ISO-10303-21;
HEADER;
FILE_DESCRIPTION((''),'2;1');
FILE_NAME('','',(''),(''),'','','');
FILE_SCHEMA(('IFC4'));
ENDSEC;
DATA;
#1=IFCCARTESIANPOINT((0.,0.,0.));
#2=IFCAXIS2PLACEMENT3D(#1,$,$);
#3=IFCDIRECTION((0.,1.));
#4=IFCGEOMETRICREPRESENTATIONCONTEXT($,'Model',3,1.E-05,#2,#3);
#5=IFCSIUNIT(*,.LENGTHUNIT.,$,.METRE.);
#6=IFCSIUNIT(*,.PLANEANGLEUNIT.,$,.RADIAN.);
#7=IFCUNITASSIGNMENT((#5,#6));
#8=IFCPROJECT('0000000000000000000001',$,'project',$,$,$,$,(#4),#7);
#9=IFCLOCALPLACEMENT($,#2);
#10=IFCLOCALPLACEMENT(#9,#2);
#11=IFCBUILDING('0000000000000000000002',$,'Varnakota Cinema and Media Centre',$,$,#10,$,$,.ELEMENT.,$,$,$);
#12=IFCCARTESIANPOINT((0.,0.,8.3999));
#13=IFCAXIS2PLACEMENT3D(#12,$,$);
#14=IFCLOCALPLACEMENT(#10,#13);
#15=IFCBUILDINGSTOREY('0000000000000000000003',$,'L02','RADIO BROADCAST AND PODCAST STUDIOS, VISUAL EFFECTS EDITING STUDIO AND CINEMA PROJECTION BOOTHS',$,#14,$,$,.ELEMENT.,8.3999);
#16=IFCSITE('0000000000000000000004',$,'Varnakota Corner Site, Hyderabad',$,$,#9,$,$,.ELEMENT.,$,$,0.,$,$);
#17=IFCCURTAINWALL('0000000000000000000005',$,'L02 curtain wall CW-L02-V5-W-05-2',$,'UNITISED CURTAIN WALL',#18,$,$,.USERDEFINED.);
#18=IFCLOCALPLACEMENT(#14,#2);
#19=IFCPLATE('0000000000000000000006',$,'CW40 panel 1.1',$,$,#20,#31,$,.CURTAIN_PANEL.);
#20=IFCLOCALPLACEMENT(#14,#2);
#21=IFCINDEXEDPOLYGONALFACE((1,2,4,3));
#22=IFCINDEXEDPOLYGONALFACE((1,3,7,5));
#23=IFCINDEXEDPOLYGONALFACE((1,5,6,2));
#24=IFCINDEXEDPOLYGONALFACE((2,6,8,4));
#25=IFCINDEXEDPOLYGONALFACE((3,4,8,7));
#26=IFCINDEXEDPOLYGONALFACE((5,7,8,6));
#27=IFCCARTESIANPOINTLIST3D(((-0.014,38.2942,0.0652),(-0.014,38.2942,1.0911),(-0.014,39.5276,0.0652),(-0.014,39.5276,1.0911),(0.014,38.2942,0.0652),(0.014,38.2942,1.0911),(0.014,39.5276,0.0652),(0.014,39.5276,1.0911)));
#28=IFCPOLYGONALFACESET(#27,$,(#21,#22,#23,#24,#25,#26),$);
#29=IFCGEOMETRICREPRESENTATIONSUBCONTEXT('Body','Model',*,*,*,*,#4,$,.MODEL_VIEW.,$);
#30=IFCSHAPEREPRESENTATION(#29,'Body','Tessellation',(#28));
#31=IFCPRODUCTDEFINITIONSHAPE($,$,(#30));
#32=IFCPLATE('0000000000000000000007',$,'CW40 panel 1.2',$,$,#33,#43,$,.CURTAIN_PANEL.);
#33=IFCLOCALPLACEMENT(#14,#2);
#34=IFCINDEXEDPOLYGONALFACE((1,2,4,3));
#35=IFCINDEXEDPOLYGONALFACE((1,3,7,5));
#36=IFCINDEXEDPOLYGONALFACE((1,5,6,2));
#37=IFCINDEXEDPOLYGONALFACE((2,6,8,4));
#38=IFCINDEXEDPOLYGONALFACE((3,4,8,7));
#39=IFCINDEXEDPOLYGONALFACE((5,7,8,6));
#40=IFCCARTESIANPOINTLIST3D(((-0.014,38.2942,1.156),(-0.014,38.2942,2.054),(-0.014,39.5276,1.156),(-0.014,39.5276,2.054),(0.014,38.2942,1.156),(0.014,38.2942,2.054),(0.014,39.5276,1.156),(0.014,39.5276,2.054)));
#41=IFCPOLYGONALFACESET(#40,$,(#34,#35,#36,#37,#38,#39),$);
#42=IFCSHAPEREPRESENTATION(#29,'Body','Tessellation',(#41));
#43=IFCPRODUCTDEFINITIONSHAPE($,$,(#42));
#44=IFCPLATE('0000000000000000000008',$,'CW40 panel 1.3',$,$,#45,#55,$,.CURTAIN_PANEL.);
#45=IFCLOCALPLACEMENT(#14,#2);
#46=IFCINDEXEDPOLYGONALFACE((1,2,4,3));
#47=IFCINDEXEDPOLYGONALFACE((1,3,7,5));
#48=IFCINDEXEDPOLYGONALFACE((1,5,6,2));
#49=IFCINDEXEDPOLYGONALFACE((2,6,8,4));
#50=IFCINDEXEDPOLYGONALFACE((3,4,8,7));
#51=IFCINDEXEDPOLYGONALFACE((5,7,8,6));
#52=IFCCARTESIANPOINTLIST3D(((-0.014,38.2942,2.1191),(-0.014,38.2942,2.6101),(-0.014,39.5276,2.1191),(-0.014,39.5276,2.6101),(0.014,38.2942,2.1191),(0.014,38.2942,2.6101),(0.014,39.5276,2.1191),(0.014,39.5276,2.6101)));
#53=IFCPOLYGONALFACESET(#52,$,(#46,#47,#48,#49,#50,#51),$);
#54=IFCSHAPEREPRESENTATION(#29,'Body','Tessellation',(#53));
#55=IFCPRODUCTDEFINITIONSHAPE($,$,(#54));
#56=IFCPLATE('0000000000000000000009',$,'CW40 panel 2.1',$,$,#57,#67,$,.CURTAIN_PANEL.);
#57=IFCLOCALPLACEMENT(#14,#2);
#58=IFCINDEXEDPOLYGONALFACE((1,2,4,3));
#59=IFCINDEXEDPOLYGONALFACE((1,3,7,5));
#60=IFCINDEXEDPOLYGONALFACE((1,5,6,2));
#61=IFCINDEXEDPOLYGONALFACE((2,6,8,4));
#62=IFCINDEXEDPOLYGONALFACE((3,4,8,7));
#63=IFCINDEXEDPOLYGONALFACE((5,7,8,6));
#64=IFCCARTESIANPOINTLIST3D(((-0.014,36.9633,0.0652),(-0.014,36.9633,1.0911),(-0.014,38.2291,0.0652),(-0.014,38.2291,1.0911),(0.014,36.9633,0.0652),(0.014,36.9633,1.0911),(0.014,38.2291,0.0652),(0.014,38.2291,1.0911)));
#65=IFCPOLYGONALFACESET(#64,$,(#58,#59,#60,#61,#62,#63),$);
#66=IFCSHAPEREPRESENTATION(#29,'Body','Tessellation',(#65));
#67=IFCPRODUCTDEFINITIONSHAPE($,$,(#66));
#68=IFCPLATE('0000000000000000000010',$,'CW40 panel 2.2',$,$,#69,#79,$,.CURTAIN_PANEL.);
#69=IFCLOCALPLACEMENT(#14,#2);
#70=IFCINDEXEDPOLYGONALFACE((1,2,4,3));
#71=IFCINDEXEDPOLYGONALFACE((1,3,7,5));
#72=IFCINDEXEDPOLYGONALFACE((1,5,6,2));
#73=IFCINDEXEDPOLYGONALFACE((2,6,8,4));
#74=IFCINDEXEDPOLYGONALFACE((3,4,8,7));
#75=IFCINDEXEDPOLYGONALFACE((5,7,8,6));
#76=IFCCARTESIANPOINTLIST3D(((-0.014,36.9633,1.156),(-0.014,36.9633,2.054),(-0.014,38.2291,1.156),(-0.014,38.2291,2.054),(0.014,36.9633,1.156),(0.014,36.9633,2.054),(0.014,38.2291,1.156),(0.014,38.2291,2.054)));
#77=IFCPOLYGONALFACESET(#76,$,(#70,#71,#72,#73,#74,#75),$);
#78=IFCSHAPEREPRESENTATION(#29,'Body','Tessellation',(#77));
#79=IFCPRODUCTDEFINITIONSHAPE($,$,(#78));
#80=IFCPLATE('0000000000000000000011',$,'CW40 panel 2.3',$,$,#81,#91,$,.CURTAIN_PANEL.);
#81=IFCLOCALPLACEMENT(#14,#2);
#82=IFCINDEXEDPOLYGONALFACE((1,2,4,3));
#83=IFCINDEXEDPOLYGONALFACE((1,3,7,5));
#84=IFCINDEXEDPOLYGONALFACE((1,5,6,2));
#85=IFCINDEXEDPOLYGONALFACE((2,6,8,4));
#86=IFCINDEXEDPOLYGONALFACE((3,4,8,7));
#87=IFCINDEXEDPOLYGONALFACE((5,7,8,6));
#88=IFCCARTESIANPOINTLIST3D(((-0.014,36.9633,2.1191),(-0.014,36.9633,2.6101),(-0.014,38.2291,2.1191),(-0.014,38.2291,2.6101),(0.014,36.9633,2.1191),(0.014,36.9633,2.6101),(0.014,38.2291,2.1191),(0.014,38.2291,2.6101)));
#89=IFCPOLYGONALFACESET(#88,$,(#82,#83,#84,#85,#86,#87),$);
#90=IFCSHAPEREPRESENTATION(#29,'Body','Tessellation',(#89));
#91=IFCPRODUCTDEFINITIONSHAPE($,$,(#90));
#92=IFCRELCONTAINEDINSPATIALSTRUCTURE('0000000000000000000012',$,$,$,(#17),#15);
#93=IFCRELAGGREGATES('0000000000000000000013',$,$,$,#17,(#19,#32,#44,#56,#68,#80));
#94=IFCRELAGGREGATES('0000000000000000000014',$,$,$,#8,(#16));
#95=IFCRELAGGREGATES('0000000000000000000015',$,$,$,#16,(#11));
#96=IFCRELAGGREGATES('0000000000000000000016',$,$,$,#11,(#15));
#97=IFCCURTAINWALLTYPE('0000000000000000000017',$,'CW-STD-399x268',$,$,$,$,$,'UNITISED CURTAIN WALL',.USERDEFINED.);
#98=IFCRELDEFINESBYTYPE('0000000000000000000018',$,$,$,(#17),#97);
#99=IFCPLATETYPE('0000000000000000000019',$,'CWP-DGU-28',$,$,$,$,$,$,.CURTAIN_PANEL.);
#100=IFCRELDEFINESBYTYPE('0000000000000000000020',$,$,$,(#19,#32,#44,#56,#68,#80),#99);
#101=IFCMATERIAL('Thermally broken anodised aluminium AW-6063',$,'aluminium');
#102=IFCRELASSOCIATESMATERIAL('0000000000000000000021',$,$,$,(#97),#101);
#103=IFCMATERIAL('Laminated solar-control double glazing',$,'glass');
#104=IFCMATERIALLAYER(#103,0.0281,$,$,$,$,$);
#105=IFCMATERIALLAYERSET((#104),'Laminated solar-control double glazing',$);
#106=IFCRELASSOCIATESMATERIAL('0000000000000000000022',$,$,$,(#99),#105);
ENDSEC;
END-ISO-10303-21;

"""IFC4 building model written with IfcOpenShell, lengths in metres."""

from ifc_helpers import new_model, si_unit, direction, frame, origin, origin_2d, place, context, subcontext, project, spatial, rectangle, extrude, material, layer, layer_set, type_object, element, aggregate, save


model = new_model("IFC4")

# Units and contexts
model_context = context("Model", 3, precision=1e-05, world=origin(), true_north=direction((0.0, 1.0)))
body_context = subcontext(model_context, "Body", "Model", "MODEL_VIEW")
ifc_project = project(units=[si_unit("LENGTHUNIT", "METRE"), si_unit("PLANEANGLEUNIT", "RADIAN")], contexts=[model_context])

# Site, building, storey
site_placement = place(None, origin())
site = spatial("IfcSite", under=ifc_project, at=site_placement, Name="Varnakota Corner Site, Hyderabad", CompositionType="ELEMENT", RefElevation=0.0)
building_placement = place(site_placement, origin())
building = spatial("IfcBuilding", under=site, at=building_placement, Name="Varnakota Cinema and Media Centre", CompositionType="ELEMENT")
storey_placement = place(building_placement, frame((0.0, 0.0, 8.3999)))
storey = spatial("IfcBuildingStorey", under=building, at=storey_placement, Name="L02", Description="RADIO BROADCAST AND PODCAST STUDIOS, VISUAL EFFECTS EDITING STUDIO AND CINEMA PROJECTION BOOTHS", CompositionType="ELEMENT", Elevation=8.3999)

# Curtain wall
ifc_material_1 = material(Name="Thermally broken anodised aluminium AW-6063", Category="aluminium")
curtain_wall_type = type_object("IfcCurtainWallType", Name="CW-STD-399x268", ElementType="UNITISED CURTAIN WALL", PredefinedType="USERDEFINED", material=ifc_material_1)
curtain_wall_1_placement = place(storey_placement, origin())
curtain_wall_1 = element("IfcCurtainWall", 1, at=curtain_wall_1_placement, inside=storey, type_object=curtain_wall_type, Name="L02 curtain wall CW-L02-V5-W-05-2", ObjectType="UNITISED CURTAIN WALL", PredefinedType="USERDEFINED")

# Plates
ifc_material_2 = material(Name="Laminated solar-control double glazing", Category="glass")
ifc_layer = layer(ifc_material_2, 0.0281)
ifc_layer_set = layer_set([ifc_layer], Name="Laminated solar-control double glazing")
plate_type = type_object("IfcPlateType", Name="CWP-DGU-28", PredefinedType="CURTAIN_PANEL", material=ifc_layer_set)
plate_1_placement = place(storey_placement, frame((0.0, 38.9109, 0.0652), z_axis=(0.0, 0.0, 1.0), x_axis=(0.0, -1.0, 0.0)))
plate_1 = element("IfcPlate", 2, at=plate_1_placement, type_object=plate_type, Name="CW40 panel 1.1", PredefinedType="CURTAIN_PANEL", context=body_context, shape_type="SweptSolid", body=[
    extrude(rectangle(XDim=1.2334, YDim=0.0281, at=origin_2d()), origin(), (0.0, 0.0, 1.0), 1.0259),
])
plate_2_placement = place(storey_placement, frame((0.0, 38.9109, 1.156), z_axis=(0.0, 0.0, 1.0), x_axis=(0.0, -1.0, 0.0)))
plate_2 = element("IfcPlate", 3, at=plate_2_placement, type_object=plate_type, Name="CW40 panel 1.2", PredefinedType="CURTAIN_PANEL", context=body_context, shape_type="SweptSolid", body=[
    extrude(rectangle(XDim=1.2334, YDim=0.0281, at=origin_2d()), origin(), (0.0, 0.0, 1.0), 0.8979),
])
plate_3_placement = place(storey_placement, frame((0.0, 38.9109, 2.1191), z_axis=(0.0, 0.0, 1.0), x_axis=(0.0, -1.0, 0.0)))
plate_3 = element("IfcPlate", 4, at=plate_3_placement, type_object=plate_type, Name="CW40 panel 1.3", PredefinedType="CURTAIN_PANEL", context=body_context, shape_type="SweptSolid", body=[
    extrude(rectangle(XDim=1.2334, YDim=0.0281, at=origin_2d()), origin(), (0.0, 0.0, 1.0), 0.491),
])
plate_4_placement = place(storey_placement, frame((0.0, 37.5962, 0.0652), z_axis=(0.0, 0.0, 1.0), x_axis=(0.0, -1.0, 0.0)))
plate_4 = element("IfcPlate", 5, at=plate_4_placement, type_object=plate_type, Name="CW40 panel 2.1", PredefinedType="CURTAIN_PANEL", context=body_context, shape_type="SweptSolid", body=[
    extrude(rectangle(XDim=1.2659, YDim=0.0281, at=origin_2d()), origin(), (0.0, 0.0, 1.0), 1.0259),
])
plate_5_placement = place(storey_placement, frame((0.0, 37.5962, 1.156), z_axis=(0.0, 0.0, 1.0), x_axis=(0.0, -1.0, 0.0)))
plate_5 = element("IfcPlate", 6, at=plate_5_placement, type_object=plate_type, Name="CW40 panel 2.2", PredefinedType="CURTAIN_PANEL", context=body_context, shape_type="SweptSolid", body=[
    extrude(rectangle(XDim=1.2659, YDim=0.0281, at=origin_2d()), origin(), (0.0, 0.0, 1.0), 0.8979),
])
plate_6_placement = place(storey_placement, frame((0.0, 37.5962, 2.1191), z_axis=(0.0, 0.0, 1.0), x_axis=(0.0, -1.0, 0.0)))
plate_6 = element("IfcPlate", 7, at=plate_6_placement, type_object=plate_type, Name="CW40 panel 2.3", PredefinedType="CURTAIN_PANEL", context=body_context, shape_type="SweptSolid", body=[
    extrude(rectangle(XDim=1.2659, YDim=0.0281, at=origin_2d()), origin(), (0.0, 0.0, 1.0), 0.491),
])
aggregate(curtain_wall_1, [plate_1, plate_2, plate_3, plate_4, plate_5, plate_6])

save(model, "model.ifc")
